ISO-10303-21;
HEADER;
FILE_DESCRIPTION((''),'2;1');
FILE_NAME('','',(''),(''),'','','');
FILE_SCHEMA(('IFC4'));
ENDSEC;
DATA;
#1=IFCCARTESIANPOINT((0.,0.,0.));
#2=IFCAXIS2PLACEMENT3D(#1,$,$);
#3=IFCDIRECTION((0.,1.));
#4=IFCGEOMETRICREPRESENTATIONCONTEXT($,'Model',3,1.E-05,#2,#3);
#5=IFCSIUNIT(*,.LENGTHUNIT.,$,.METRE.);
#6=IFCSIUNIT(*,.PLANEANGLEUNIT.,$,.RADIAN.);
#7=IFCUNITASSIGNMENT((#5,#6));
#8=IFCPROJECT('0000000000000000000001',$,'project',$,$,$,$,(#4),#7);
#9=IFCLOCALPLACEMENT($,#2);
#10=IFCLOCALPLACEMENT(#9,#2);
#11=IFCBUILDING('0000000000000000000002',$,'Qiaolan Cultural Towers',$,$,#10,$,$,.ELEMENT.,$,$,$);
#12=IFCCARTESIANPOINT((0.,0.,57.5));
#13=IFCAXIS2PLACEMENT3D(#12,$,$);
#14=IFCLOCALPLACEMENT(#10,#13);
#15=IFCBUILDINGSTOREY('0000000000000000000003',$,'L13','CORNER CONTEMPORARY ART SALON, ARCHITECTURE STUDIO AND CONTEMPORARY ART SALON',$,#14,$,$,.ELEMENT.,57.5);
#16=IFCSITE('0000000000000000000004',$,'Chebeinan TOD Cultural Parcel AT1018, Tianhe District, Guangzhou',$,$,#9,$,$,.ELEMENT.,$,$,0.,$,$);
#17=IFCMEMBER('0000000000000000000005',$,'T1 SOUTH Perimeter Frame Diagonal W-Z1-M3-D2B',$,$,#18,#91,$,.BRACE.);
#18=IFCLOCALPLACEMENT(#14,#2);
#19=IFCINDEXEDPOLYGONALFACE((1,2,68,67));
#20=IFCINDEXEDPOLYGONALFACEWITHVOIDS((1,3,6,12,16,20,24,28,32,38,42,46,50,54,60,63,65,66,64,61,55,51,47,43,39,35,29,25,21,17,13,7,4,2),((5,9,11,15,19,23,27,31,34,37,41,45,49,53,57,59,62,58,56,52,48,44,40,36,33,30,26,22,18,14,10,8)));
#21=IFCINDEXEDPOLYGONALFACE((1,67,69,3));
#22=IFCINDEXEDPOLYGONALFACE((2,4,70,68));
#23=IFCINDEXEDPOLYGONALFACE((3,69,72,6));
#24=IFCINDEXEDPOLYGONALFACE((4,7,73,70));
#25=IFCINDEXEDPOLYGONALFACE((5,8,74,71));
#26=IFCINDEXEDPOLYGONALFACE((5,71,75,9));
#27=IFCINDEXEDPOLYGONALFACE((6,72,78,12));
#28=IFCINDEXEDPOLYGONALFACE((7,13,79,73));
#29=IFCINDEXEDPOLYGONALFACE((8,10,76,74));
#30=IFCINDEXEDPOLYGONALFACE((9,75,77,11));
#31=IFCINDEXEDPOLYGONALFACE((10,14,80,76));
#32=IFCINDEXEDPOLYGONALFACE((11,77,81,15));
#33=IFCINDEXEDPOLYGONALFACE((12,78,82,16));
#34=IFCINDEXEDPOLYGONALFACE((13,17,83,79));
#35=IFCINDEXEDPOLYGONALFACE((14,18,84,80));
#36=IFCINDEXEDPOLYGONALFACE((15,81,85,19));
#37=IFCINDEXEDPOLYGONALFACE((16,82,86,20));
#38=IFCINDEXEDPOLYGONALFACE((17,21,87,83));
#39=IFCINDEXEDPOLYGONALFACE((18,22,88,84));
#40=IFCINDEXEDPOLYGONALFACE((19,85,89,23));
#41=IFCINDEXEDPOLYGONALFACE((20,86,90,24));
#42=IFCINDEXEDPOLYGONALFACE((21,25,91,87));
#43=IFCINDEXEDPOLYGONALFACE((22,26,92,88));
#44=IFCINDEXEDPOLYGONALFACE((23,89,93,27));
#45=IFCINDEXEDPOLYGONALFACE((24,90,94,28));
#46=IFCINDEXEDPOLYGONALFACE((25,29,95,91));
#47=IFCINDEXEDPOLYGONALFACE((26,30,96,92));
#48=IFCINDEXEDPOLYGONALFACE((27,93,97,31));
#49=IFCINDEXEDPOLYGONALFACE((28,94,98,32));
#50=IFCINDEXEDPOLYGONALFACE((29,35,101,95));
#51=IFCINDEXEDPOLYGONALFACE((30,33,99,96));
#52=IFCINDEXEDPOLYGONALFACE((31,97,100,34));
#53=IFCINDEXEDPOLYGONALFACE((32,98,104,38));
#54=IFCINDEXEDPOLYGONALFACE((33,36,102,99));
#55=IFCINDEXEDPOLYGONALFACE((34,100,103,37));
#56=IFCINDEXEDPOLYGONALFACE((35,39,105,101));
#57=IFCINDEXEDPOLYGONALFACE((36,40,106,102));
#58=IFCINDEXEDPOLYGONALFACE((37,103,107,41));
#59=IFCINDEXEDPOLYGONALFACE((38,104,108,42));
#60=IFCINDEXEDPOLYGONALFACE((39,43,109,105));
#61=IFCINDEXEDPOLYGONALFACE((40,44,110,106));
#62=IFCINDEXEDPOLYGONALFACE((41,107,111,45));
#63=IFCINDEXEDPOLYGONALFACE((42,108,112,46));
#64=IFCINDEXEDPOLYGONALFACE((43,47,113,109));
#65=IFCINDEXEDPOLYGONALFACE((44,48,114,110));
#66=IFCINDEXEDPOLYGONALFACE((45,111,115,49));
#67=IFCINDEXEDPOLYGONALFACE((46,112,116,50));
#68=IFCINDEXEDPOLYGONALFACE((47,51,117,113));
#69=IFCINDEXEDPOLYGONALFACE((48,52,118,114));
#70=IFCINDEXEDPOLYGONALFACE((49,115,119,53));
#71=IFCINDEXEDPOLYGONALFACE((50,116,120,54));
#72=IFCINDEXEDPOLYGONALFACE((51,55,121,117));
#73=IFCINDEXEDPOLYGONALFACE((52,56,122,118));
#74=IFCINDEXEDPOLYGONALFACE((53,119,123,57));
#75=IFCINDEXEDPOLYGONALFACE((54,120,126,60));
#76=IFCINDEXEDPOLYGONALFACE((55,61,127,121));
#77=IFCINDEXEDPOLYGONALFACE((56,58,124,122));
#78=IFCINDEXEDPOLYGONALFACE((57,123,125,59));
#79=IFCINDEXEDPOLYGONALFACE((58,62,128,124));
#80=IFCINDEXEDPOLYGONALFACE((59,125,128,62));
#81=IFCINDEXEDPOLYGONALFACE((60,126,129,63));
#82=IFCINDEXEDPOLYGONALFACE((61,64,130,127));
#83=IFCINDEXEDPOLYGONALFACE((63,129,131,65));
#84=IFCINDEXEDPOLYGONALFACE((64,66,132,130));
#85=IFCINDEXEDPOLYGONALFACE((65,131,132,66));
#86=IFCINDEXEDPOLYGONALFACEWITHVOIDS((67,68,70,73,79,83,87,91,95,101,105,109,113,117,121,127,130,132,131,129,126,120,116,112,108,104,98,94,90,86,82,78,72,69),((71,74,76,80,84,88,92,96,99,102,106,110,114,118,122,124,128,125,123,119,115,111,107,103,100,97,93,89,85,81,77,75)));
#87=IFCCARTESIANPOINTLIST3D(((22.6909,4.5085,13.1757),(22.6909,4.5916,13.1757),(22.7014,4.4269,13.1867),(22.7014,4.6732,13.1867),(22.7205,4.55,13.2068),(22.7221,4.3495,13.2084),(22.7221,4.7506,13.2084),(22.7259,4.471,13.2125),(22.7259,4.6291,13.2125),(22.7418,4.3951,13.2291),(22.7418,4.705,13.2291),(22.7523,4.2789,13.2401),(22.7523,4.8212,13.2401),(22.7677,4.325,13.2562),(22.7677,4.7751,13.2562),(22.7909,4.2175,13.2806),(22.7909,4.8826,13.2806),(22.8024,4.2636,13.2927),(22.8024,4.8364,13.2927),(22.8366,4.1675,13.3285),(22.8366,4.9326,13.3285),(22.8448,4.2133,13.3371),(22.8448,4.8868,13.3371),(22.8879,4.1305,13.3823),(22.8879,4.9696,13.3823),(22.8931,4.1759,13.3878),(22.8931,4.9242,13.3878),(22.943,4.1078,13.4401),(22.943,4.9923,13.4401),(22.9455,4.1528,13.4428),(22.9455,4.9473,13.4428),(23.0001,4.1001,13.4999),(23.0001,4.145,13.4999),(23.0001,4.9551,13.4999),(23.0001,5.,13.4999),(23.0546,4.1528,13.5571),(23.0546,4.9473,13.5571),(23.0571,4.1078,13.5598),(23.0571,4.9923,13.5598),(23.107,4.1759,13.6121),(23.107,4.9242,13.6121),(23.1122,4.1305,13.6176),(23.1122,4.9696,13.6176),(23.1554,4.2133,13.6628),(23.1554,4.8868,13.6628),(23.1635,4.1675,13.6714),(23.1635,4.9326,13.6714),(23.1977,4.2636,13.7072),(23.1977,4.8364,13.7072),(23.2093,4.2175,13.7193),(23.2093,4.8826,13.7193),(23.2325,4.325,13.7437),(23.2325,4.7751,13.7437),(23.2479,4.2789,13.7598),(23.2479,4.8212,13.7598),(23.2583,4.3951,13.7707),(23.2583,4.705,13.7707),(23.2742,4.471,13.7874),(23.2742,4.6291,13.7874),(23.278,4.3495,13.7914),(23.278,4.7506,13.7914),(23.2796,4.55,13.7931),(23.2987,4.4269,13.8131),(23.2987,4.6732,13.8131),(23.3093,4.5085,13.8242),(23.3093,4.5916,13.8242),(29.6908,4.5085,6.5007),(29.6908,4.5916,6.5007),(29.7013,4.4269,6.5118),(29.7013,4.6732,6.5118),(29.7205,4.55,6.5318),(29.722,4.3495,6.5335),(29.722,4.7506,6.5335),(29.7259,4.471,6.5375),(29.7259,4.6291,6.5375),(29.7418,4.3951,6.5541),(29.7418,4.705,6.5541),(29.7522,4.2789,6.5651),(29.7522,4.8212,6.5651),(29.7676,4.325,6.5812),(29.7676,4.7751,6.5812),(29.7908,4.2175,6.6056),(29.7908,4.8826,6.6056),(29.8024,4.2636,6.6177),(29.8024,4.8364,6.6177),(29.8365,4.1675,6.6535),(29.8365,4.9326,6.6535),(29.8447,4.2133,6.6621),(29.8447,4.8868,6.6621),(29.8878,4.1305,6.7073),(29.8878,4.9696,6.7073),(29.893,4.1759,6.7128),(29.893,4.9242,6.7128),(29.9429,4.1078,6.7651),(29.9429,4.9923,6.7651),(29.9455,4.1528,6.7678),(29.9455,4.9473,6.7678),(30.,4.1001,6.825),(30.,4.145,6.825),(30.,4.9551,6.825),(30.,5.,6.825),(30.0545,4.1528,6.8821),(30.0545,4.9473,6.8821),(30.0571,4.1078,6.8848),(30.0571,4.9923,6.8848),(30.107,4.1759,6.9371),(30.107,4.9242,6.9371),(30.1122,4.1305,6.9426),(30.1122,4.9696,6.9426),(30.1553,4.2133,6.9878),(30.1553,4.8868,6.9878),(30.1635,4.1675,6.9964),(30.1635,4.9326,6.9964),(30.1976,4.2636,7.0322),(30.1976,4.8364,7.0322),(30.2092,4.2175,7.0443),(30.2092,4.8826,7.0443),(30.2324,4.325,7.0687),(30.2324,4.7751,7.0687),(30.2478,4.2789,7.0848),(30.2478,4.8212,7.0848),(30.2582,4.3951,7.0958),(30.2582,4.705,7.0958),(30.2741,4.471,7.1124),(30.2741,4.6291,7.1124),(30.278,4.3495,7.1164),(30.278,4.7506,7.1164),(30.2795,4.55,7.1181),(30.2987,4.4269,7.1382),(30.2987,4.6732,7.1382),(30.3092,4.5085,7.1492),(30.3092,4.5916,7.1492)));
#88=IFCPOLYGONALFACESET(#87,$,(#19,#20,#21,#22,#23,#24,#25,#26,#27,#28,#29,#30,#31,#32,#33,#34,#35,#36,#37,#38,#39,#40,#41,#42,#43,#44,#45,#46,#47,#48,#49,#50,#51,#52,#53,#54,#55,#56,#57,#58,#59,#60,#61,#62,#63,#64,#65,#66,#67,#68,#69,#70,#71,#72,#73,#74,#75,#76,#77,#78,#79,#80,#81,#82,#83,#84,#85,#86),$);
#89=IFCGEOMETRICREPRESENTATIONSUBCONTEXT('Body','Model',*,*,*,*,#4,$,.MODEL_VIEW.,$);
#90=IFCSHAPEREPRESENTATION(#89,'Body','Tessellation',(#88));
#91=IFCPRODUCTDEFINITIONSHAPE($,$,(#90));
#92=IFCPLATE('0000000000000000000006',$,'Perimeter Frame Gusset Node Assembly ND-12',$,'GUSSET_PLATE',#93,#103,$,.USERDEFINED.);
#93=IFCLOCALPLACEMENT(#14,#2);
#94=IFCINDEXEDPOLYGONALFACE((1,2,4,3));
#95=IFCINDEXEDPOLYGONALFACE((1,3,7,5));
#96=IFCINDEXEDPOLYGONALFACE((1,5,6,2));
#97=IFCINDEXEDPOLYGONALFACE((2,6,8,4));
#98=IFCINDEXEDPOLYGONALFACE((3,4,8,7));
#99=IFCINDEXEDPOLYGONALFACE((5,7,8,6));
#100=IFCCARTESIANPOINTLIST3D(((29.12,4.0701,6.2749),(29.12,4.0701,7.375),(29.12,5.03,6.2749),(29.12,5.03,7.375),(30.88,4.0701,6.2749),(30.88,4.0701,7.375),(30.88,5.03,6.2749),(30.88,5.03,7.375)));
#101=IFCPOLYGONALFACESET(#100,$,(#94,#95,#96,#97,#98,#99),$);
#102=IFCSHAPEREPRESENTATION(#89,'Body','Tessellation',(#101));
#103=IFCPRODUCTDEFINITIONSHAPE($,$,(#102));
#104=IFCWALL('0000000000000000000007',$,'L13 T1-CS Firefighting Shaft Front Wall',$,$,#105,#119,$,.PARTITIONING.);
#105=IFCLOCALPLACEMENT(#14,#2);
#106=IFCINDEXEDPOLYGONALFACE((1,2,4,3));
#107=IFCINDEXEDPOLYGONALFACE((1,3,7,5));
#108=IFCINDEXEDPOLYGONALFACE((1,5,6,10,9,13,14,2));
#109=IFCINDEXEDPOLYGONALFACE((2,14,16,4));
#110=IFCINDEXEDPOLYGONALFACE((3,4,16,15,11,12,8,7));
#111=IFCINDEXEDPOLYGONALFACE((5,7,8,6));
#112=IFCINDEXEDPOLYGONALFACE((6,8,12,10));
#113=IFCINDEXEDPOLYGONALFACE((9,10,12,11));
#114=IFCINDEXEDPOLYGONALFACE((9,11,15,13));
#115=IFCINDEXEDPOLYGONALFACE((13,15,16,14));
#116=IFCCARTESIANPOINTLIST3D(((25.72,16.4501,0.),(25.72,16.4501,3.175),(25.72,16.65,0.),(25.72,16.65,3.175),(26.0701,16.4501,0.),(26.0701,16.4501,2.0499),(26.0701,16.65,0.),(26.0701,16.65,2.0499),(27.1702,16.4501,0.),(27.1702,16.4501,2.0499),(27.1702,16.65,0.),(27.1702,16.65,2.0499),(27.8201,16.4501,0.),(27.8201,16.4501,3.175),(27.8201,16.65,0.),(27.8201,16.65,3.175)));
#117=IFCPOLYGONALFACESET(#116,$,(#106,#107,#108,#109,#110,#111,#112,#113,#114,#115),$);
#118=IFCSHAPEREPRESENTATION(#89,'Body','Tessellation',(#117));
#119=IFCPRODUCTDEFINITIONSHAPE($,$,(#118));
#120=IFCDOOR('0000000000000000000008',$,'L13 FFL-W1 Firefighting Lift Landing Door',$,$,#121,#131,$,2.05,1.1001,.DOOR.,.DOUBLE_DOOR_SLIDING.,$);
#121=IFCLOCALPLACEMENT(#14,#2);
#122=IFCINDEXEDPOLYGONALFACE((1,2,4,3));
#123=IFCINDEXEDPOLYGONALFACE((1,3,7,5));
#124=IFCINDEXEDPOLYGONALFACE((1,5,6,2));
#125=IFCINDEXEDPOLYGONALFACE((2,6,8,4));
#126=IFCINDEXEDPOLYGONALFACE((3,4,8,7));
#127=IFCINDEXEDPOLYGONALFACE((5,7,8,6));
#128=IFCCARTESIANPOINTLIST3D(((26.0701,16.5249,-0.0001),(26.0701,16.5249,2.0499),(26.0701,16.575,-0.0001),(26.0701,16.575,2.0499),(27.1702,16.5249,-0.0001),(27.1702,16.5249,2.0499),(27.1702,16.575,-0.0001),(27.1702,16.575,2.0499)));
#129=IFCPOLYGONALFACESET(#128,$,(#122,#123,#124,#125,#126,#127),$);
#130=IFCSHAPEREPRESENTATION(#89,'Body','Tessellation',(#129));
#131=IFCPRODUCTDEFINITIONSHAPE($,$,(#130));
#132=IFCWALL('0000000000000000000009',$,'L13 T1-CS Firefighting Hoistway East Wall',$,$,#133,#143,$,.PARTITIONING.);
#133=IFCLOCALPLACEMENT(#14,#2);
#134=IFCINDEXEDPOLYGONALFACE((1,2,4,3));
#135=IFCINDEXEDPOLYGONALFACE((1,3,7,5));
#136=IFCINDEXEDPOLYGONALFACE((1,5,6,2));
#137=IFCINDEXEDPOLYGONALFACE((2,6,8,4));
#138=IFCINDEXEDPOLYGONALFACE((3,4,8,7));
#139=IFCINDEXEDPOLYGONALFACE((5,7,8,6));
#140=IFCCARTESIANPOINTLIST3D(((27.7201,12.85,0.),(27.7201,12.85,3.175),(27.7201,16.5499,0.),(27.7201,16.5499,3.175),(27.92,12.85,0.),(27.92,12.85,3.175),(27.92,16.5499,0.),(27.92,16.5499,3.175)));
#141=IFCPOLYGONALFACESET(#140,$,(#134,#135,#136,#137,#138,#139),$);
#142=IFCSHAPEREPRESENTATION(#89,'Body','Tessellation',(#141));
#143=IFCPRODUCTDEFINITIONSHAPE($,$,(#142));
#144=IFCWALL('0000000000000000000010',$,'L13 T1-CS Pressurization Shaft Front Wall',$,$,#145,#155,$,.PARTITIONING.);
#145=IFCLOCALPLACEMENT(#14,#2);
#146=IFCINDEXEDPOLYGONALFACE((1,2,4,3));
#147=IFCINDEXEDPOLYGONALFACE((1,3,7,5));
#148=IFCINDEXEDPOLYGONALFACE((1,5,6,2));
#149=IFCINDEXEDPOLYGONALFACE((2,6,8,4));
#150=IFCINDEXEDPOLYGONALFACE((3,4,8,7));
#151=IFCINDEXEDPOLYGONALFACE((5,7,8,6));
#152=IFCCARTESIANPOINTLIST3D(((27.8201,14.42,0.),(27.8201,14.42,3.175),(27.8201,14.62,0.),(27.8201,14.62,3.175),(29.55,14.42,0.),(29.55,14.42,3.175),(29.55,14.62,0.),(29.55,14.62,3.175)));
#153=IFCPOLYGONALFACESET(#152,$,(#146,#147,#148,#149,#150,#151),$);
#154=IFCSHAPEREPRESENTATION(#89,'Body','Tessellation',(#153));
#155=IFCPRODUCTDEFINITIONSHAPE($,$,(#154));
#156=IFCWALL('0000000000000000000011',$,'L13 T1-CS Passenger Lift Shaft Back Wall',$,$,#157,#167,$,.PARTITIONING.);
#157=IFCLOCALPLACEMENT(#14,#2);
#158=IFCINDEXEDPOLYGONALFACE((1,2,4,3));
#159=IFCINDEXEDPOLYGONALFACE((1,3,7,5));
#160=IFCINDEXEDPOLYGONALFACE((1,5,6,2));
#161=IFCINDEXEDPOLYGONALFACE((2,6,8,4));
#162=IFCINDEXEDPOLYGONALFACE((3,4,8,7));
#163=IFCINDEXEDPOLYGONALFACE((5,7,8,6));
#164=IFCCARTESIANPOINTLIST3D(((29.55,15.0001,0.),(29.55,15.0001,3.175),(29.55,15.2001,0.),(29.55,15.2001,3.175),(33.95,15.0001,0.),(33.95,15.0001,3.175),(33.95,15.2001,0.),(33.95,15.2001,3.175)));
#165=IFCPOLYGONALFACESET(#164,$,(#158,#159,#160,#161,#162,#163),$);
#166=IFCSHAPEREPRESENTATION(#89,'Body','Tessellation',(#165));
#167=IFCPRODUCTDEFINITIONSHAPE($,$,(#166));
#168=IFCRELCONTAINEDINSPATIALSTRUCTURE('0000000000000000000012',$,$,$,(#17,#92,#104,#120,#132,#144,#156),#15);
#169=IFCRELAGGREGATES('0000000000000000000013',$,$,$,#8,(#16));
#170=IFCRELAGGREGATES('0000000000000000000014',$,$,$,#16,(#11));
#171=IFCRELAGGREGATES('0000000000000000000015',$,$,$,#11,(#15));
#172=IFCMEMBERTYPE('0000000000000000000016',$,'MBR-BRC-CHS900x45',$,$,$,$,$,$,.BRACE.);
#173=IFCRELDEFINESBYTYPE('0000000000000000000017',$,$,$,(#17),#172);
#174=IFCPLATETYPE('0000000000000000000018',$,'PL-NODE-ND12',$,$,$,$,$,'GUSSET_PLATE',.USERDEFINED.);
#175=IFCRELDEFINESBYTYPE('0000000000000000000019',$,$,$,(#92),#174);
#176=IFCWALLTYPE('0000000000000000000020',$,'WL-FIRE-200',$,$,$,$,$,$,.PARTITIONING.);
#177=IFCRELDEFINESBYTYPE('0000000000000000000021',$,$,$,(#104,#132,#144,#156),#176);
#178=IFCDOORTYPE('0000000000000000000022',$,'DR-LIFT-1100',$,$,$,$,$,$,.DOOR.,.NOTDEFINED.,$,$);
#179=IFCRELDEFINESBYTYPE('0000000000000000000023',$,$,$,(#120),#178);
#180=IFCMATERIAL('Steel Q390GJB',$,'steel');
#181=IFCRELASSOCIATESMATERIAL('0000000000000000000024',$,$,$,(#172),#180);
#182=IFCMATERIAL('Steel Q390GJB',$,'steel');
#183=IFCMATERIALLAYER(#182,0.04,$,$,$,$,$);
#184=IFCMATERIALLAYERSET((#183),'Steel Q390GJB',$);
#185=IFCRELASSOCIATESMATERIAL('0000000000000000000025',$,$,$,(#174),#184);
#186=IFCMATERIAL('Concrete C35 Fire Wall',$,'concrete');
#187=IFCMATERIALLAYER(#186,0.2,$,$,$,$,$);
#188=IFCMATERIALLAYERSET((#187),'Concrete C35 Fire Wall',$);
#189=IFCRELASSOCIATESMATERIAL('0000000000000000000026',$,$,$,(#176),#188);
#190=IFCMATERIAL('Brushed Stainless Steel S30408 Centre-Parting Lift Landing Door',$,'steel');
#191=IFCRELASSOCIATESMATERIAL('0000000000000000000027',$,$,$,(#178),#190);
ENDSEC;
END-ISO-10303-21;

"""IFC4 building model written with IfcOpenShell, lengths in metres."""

from ifc_helpers import new_model, si_unit, direction, frame, frame_2d, origin, origin_2d, place, context, subcontext, project, spatial, rectangle, hollow_circle, extrude, material, layer, layer_set, material_profile, profile_set, type_object, element, fill, save


model = new_model("IFC4")

# Units and contexts
model_context = context("Model", 3, precision=1e-05, world=origin(), true_north=direction((0.0, 1.0)))
body_context = subcontext(model_context, "Body", "Model", "MODEL_VIEW")
ifc_project = project(units=[si_unit("LENGTHUNIT", "METRE"), si_unit("PLANEANGLEUNIT", "RADIAN")], contexts=[model_context])

# Site, building, storey
site_placement = place(None, origin())
site = spatial("IfcSite", under=ifc_project, at=site_placement, Name="Chebeinan TOD Cultural Parcel AT1018, Tianhe District, Guangzhou", CompositionType="ELEMENT", RefElevation=0.0)
building_placement = place(site_placement, origin())
building = spatial("IfcBuilding", under=site, at=building_placement, Name="Qiaolan Cultural Towers", CompositionType="ELEMENT")
storey_placement = place(building_placement, frame((0.0, 0.0, 57.5)))
storey = spatial("IfcBuildingStorey", under=building, at=storey_placement, Name="L13", Description="CORNER CONTEMPORARY ART SALON, ARCHITECTURE STUDIO AND CONTEMPORARY ART SALON", CompositionType="ELEMENT", Elevation=57.5)

# Member
ifc_material_1 = material(Name="Steel Q390GJB", Category="steel")
ifc_material_profile_1 = material_profile(ifc_material_1, hollow_circle(Radius=0.45, WallThickness=0.0449, at=origin_2d()), Name="CHS900x45")
ifc_profile_set_1 = profile_set([ifc_material_profile_1], Name="Steel Q390GJB")
member_type = type_object("IfcMemberType", Name="MBR-BRC-CHS900x45", PredefinedType="BRACE", material=ifc_profile_set_1)
for number, where, z_axis, x_axis, name in (
    (1, (30.0, 4.55, 6.825), (-0.723705, 0.0, 0.690109), (0.0, -1.0, 0.0), "T1 SOUTH Perimeter Frame Diagonal W-Z1-M3-D2B"),
):
    element("IfcMember", number, at=place(storey_placement, frame(where, z_axis=z_axis, x_axis=x_axis)), inside=storey, type_object=member_type, Name=name, PredefinedType="BRACE", context=body_context, shape_type="SweptSolid", body=[
        extrude(hollow_circle(Radius=0.45, WallThickness=0.0449, at=origin_2d()), origin(), (0.0, 0.0, 1.0), 9.6724),
    ])

# Plate
ifc_material_2 = material(Name="Steel Q390GJB", Category="steel")
ifc_layer_1 = layer(ifc_material_2, 0.04)
ifc_layer_set_1 = layer_set([ifc_layer_1], Name="Steel Q390GJB")
plate_type = type_object("IfcPlateType", Name="PL-NODE-ND12", ElementType="GUSSET_PLATE", PredefinedType="USERDEFINED", material=ifc_layer_set_1)
plate_placement = place(storey_placement, frame((30.0, 4.55, 6.2749), z_axis=(0.0, 0.0, 1.0), x_axis=(1.0, 0.0, 0.0)))
element("IfcPlate", 2, at=plate_placement, inside=storey, type_object=plate_type, Name="Perimeter Frame Gusset Node Assembly ND-12", ObjectType="GUSSET_PLATE", PredefinedType="USERDEFINED", context=body_context, shape_type="SweptSolid", body=[
    extrude(rectangle(XDim=1.76, YDim=0.96, at=origin_2d()), origin(), (0.0, 0.0, 1.0), 1.1001),
])

# Wall, opening, door
ifc_material_3 = material(Name="Concrete C35 Fire Wall", Category="concrete")
ifc_layer_2 = layer(ifc_material_3, 0.2)
ifc_layer_set_2 = layer_set([ifc_layer_2], Name="Concrete C35 Fire Wall")
wall_type = type_object("IfcWallType", Name="WL-FIRE-200", PredefinedType="PARTITIONING", material=ifc_layer_set_2)
wall_1_placement = place(storey_placement, frame((25.72, 16.55, 0.0), z_axis=(0.0, 0.0, 1.0), x_axis=(1.0, 0.0, 0.0)))
wall_1 = element("IfcWall", 3, at=wall_1_placement, inside=storey, type_object=wall_type, Name="L13 T1-CS Firefighting Shaft Front Wall", PredefinedType="PARTITIONING", context=body_context, shape_type="SweptSolid", body=[
    extrude(rectangle(XDim=2.1001, YDim=0.2, at=frame_2d((1.05, 0.0))), origin(), (0.0, 0.0, 1.0), 3.175),
])
opening_placement = place(wall_1_placement, frame((0.3501, 0.0, 0.0)))
opening = element("IfcOpeningElement", 4, at=opening_placement, cuts=wall_1, PredefinedType="OPENING", context=body_context, shape_type="SweptSolid", body=[
    extrude(rectangle(XDim=1.1001, YDim=2.05, at=frame_2d((0.55, 1.0249))), frame((0.0, 0.1099, 0.0), z_axis=(0.0, -1.0, 0.0), x_axis=(1.0, 0.0, 0.0)), (0.0, 0.0, 1.0), 0.22),
])
ifc_material_4 = material(Name="Brushed Stainless Steel S30408 Centre-Parting Lift Landing Door", Category="steel")
door_type = type_object("IfcDoorType", Name="DR-LIFT-1100", OperationType="NOTDEFINED", PredefinedType="DOOR", material=ifc_material_4)
door_placement = place(opening_placement, origin())
door = element("IfcDoor", 5, at=door_placement, inside=storey, type_object=door_type, Name="L13 FFL-W1 Firefighting Lift Landing Door", OperationType="DOUBLE_DOOR_SLIDING", OverallHeight=2.05, OverallWidth=1.1001, PredefinedType="DOOR", context=body_context, shape_type="SweptSolid", body=[
    extrude(rectangle(XDim=1.1001, YDim=2.05, at=frame_2d((0.55, 1.0249))), frame((0.0, 0.0249, 0.0), z_axis=(0.0, -1.0, 0.0), x_axis=(1.0, 0.0, 0.0)), (0.0, 0.0, 1.0), 0.05),
])
fill(opening, door)

# Walls
wall_2_placement = place(storey_placement, frame((27.8201, 16.55, 0.0), z_axis=(0.0, 0.0, 1.0), x_axis=(0.0, -1.0, 0.0)))
element("IfcWall", 6, at=wall_2_placement, inside=storey, type_object=wall_type, Name="L13 T1-CS Firefighting Hoistway East Wall", PredefinedType="PARTITIONING", context=body_context, shape_type="SweptSolid", body=[
    extrude(rectangle(XDim=3.7, YDim=0.2, at=frame_2d((1.8501, 0.0))), origin(), (0.0, 0.0, 1.0), 3.175),
])
wall_3_placement = place(storey_placement, frame((27.8201, 14.52, 0.0), z_axis=(0.0, 0.0, 1.0), x_axis=(1.0, 0.0, 0.0)))
element("IfcWall", 7, at=wall_3_placement, inside=storey, type_object=wall_type, Name="L13 T1-CS Pressurization Shaft Front Wall", PredefinedType="PARTITIONING", context=body_context, shape_type="SweptSolid", body=[
    extrude(rectangle(XDim=1.73, YDim=0.2, at=frame_2d((0.865, 0.0))), origin(), (0.0, 0.0, 1.0), 3.175),
])
wall_4_placement = place(storey_placement, frame((29.55, 15.1001, 0.0), z_axis=(0.0, 0.0, 1.0), x_axis=(1.0, 0.0, 0.0)))
element("IfcWall", 8, at=wall_4_placement, inside=storey, type_object=wall_type, Name="L13 T1-CS Passenger Lift Shaft Back Wall", PredefinedType="PARTITIONING", context=body_context, shape_type="SweptSolid", body=[
    extrude(rectangle(XDim=4.3999, YDim=0.2, at=frame_2d((2.2, 0.0))), origin(), (0.0, 0.0, 1.0), 3.175),
])

save(model, "model.ifc")
